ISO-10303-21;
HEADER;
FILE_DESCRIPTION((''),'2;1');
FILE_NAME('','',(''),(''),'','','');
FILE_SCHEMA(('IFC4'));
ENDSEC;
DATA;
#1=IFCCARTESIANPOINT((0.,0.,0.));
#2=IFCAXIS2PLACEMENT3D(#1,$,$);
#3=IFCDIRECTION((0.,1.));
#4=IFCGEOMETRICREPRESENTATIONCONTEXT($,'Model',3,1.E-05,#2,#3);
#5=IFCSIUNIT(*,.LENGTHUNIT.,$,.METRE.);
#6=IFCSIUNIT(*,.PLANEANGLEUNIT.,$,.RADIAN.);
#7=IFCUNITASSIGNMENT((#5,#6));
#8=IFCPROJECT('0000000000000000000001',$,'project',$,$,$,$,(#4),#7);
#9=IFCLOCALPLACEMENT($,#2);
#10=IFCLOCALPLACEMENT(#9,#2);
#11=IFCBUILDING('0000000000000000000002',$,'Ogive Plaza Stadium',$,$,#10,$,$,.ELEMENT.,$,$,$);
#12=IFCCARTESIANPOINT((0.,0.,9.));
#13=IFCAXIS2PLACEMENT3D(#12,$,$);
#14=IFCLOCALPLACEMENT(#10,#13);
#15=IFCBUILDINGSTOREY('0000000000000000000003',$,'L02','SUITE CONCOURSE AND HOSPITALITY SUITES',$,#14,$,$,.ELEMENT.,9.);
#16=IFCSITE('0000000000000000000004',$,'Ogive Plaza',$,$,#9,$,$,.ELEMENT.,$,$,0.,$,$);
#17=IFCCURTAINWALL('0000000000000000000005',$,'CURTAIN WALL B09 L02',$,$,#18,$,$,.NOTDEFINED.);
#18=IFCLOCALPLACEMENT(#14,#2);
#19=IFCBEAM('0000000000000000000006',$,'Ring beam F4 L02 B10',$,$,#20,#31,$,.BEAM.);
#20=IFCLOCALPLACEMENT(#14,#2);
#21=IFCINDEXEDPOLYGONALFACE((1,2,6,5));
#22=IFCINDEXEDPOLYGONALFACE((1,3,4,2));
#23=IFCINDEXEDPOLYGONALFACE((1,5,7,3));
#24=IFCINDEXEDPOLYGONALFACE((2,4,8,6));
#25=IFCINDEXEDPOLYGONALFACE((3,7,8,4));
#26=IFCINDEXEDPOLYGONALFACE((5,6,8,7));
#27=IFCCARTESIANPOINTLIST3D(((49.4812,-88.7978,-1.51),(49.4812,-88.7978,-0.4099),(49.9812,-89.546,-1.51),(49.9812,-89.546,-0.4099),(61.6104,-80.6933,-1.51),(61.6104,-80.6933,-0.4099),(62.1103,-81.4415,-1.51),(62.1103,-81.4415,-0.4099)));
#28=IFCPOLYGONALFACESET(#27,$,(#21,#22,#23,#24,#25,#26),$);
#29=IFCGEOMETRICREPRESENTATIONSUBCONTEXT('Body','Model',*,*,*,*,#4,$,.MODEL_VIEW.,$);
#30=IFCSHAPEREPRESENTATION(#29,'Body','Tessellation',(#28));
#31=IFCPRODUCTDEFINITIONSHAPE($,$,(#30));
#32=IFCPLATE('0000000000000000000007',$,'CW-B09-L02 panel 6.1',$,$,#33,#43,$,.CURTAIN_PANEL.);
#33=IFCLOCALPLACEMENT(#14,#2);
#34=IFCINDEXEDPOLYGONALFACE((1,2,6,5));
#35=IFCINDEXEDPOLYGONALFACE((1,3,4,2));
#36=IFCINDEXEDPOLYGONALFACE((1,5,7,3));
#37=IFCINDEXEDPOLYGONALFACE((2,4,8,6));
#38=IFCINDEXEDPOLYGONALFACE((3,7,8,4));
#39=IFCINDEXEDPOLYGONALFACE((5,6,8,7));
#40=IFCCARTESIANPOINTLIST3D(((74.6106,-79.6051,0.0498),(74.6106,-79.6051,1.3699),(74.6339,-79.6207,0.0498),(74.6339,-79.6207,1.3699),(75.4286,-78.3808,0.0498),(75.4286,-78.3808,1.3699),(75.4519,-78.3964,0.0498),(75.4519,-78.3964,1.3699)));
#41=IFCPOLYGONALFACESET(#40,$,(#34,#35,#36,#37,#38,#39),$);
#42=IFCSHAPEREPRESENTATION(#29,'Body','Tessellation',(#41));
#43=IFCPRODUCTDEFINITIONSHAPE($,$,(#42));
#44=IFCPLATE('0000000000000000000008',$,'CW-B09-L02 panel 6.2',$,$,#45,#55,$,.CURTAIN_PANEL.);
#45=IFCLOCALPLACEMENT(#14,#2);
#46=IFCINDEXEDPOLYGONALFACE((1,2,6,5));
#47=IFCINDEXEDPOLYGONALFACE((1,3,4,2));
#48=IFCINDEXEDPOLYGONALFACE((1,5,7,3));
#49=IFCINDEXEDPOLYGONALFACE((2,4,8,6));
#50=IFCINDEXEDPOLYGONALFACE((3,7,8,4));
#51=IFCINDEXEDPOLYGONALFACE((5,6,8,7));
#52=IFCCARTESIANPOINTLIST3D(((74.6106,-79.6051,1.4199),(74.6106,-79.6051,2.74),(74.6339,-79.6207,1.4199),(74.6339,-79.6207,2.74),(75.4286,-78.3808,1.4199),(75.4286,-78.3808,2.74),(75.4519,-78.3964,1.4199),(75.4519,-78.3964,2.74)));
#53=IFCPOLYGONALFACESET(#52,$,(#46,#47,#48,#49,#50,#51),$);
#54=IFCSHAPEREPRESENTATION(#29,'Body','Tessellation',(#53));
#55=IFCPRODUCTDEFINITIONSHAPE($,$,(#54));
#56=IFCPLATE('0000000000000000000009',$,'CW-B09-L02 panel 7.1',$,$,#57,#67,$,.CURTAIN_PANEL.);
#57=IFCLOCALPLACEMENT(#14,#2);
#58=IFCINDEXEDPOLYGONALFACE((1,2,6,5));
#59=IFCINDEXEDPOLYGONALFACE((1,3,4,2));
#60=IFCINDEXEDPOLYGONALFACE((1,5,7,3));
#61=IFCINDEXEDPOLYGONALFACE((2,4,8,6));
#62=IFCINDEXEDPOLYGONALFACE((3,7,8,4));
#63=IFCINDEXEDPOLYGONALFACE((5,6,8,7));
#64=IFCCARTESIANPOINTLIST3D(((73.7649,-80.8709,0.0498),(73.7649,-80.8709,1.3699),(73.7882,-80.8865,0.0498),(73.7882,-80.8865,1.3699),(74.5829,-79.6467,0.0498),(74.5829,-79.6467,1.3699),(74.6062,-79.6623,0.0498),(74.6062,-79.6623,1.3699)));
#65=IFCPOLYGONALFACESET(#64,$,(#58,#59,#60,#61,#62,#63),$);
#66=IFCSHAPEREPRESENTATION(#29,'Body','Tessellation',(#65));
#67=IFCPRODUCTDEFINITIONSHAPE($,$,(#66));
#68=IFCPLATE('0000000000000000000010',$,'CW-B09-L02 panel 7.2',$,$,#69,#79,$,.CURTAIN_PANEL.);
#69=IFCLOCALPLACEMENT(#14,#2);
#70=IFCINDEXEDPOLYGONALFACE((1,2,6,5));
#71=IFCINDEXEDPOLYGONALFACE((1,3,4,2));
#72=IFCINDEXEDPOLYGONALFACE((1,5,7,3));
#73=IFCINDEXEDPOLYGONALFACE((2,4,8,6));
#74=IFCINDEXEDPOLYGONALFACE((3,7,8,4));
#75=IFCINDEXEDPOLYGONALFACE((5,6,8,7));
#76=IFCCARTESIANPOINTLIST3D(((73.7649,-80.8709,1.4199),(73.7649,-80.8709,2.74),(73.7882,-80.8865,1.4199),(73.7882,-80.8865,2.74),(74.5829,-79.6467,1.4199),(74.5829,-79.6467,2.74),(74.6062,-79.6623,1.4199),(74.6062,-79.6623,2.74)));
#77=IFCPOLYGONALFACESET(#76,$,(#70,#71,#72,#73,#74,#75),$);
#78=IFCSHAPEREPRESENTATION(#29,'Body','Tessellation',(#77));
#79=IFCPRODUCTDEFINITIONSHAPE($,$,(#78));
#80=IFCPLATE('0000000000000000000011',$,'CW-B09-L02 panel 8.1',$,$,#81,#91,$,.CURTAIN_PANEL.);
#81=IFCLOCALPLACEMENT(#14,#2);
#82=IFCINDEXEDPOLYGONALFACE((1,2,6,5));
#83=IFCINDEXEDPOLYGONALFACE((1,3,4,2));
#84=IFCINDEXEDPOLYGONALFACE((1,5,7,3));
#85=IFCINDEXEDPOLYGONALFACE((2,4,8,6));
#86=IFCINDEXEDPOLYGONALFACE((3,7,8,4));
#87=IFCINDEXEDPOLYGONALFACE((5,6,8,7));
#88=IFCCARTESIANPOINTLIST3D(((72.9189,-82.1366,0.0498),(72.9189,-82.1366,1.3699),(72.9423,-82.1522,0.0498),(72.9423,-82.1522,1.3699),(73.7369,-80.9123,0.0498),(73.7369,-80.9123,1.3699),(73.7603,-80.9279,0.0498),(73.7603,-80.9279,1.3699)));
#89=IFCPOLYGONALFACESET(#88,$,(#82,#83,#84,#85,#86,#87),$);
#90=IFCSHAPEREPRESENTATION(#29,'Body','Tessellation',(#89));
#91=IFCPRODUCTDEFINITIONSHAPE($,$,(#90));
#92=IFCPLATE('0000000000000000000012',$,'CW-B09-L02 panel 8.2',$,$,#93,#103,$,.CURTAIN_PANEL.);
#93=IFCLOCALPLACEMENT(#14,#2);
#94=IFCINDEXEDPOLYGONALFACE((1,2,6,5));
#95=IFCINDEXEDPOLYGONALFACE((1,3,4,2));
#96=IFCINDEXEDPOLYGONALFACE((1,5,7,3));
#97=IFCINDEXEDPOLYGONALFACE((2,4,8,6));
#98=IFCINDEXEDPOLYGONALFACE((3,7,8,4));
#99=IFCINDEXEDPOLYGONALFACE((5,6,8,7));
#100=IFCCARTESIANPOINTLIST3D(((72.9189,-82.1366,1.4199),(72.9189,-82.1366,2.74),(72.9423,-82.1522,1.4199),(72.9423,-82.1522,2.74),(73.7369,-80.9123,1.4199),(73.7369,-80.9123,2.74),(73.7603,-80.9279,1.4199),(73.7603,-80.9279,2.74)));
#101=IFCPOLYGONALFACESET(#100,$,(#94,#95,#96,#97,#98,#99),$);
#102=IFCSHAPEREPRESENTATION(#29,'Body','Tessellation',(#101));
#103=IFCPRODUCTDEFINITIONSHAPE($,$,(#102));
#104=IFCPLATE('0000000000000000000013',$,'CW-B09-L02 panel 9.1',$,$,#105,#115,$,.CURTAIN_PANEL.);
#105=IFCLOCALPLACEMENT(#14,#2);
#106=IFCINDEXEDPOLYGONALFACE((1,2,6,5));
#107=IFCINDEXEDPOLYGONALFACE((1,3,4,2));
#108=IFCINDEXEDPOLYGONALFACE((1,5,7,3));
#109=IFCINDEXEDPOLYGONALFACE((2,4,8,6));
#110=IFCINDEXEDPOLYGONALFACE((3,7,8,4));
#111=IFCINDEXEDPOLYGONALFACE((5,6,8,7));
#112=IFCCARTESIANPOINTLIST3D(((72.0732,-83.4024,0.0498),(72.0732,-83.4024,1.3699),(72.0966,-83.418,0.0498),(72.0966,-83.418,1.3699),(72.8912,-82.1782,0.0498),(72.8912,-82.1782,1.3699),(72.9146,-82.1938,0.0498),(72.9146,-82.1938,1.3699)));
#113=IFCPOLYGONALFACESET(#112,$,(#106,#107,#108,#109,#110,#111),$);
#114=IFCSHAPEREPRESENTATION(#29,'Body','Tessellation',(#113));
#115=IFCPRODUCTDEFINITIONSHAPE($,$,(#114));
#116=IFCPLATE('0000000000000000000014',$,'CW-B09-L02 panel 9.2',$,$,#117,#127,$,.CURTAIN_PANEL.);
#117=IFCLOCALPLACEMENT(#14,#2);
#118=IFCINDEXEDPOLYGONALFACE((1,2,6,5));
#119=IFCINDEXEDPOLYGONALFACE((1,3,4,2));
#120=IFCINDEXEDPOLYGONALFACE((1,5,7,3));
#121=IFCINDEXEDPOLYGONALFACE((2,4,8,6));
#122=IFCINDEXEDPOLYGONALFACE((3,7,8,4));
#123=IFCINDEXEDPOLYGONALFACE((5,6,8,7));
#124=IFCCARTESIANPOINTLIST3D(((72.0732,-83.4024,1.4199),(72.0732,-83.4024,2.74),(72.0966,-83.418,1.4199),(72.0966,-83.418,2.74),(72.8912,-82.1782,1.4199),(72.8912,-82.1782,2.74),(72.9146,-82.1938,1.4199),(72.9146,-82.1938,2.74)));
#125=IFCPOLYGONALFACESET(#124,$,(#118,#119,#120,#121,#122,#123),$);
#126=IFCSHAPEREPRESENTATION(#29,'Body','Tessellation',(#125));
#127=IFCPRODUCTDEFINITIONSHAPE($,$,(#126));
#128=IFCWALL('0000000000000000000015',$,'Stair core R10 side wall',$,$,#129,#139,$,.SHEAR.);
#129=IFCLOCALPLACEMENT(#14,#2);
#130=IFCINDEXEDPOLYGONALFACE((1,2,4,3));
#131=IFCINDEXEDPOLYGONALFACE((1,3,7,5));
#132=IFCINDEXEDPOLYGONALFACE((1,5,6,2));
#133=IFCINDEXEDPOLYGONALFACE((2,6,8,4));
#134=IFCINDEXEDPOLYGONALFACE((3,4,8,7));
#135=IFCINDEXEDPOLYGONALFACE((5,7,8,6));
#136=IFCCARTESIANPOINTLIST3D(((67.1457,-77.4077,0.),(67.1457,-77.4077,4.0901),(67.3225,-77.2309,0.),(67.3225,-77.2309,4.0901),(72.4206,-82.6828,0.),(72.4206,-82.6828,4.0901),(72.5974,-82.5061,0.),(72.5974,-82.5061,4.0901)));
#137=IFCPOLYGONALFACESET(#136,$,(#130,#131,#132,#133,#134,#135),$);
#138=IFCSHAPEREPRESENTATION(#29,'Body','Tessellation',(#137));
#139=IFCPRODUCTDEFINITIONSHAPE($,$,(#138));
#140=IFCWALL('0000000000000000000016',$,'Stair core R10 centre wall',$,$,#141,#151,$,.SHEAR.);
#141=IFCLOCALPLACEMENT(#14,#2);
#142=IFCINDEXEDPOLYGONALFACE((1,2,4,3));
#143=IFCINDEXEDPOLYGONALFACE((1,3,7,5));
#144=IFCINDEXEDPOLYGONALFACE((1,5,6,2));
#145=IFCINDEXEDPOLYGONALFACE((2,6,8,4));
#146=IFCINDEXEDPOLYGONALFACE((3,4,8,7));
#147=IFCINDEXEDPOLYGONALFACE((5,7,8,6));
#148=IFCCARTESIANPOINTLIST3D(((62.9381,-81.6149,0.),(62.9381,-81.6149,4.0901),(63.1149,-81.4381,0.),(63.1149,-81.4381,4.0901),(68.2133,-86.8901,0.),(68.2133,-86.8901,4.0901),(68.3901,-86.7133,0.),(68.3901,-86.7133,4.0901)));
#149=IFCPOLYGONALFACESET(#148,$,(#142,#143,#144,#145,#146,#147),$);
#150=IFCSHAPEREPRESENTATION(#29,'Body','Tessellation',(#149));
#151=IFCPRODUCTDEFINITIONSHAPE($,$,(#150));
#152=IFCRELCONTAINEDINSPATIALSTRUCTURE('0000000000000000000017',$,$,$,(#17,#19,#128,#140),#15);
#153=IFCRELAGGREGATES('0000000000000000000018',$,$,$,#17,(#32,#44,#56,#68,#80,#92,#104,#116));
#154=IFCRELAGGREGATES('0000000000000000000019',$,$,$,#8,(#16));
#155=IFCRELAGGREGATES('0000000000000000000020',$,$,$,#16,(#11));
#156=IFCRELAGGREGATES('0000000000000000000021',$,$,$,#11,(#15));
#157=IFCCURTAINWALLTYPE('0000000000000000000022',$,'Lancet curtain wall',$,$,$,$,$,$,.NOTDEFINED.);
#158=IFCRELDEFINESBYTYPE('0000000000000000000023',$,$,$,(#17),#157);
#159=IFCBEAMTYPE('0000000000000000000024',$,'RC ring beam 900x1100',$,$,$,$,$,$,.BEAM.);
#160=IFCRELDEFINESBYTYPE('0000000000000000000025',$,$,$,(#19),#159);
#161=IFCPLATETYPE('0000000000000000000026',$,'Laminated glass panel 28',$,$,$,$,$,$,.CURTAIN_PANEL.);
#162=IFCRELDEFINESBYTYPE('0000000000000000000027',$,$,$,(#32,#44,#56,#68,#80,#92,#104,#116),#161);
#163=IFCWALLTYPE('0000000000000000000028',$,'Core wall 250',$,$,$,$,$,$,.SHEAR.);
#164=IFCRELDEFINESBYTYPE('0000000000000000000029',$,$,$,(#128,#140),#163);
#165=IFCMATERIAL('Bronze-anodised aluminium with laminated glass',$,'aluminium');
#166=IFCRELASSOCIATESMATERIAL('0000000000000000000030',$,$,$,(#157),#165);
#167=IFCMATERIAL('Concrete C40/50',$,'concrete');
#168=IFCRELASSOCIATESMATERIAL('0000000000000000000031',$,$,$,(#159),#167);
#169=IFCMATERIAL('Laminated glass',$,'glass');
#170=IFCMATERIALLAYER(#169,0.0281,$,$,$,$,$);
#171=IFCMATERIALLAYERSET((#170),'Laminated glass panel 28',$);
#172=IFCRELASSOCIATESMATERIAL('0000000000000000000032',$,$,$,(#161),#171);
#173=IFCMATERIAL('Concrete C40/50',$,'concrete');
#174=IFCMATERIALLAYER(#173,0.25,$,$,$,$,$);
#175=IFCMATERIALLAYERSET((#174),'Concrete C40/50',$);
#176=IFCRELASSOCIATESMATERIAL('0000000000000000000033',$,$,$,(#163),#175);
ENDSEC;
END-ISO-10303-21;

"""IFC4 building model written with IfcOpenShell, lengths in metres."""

from ifc_helpers import new_model, si_unit, direction, frame, frame_2d, origin, origin_2d, place, context, subcontext, project, spatial, rectangle, extrude, material, layer, layer_set, material_profile, profile_set, type_object, element, aggregate, save


model = new_model("IFC4")

# Units and contexts
model_context = context("Model", 3, precision=1e-05, world=origin(), true_north=direction((0.0, 1.0)))
body_context = subcontext(model_context, "Body", "Model", "MODEL_VIEW")
ifc_project = project(units=[si_unit("LENGTHUNIT", "METRE"), si_unit("PLANEANGLEUNIT", "RADIAN")], contexts=[model_context])

# Site, building, storey
site_placement = place(None, origin())
site = spatial("IfcSite", under=ifc_project, at=site_placement, Name="Ogive Plaza", CompositionType="ELEMENT", RefElevation=0.0)
building_placement = place(site_placement, origin())
building = spatial("IfcBuilding", under=site, at=building_placement, Name="Ogive Plaza Stadium", CompositionType="ELEMENT")
storey_placement = place(building_placement, frame((0.0, 0.0, 9.0)))
storey = spatial("IfcBuildingStorey", under=building, at=storey_placement, Name="L02", Description="SUITE CONCOURSE AND HOSPITALITY SUITES", CompositionType="ELEMENT", Elevation=9.0)

# Curtain wall
ifc_material_1 = material(Name="Bronze-anodised aluminium with laminated glass", Category="aluminium")
curtain_wall_type = type_object("IfcCurtainWallType", Name="Lancet curtain wall", PredefinedType="NOTDEFINED", material=ifc_material_1)
curtain_wall_placement = place(storey_placement, origin())
curtain_wall = element("IfcCurtainWall", 1, at=curtain_wall_placement, inside=storey, type_object=curtain_wall_type, Name="CURTAIN WALL B09 L02", PredefinedType="NOTDEFINED")

# Beam
ifc_material_2 = material(Name="Concrete C40/50", Category="concrete")
ifc_material_profile_1 = material_profile(ifc_material_2, rectangle(XDim=0.8999, YDim=1.1001, at=origin_2d()), Name="RC 900x1100")
ifc_profile_set_1 = profile_set([ifc_material_profile_1], Name="Concrete C40/50")
beam_type = type_object("IfcBeamType", Name="RC ring beam 900x1100", PredefinedType="BEAM", material=ifc_profile_set_1)
beam_placement = place(storey_placement, frame((61.8604, -81.0674, -0.96), z_axis=(-0.831468, -0.555573, 0.0), x_axis=(0.555573, -0.831468, 0.0)))
element("IfcBeam", 2, at=beam_placement, inside=storey, type_object=beam_type, Name="Ring beam F4 L02 B10", PredefinedType="BEAM", context=body_context, shape_type="SweptSolid", body=[
    extrude(rectangle(XDim=0.8999, YDim=1.1001, at=origin_2d()), origin(), (0.0, 0.0, 1.0), 14.5876),
])

# Plates
ifc_material_3 = material(Name="Laminated glass", Category="glass")
ifc_layer_1 = layer(ifc_material_3, 0.0281)
ifc_layer_set_1 = layer_set([ifc_layer_1], Name="Laminated glass panel 28")
plate_type = type_object("IfcPlateType", Name="Laminated glass panel 28", PredefinedType="CURTAIN_PANEL", material=ifc_layer_set_1)
plate_1_placement = place(storey_placement, frame((75.0312, -79.0007, 0.0498), z_axis=(0.0, 0.0, 1.0), x_axis=(-0.55557, -0.83147, 0.0)))
plate_1 = element("IfcPlate", 3, at=plate_1_placement, type_object=plate_type, Name="CW-B09-L02 panel 6.1", PredefinedType="CURTAIN_PANEL", context=body_context, shape_type="SweptSolid", body=[
    extrude(rectangle(XDim=1.4724, YDim=0.0281, at=origin_2d()), origin(), (0.0, 0.0, 1.0), 1.3201),
])
plate_2_placement = place(storey_placement, frame((75.0312, -79.0007, 1.4199), z_axis=(0.0, 0.0, 1.0), x_axis=(-0.55557, -0.83147, 0.0)))
plate_2 = element("IfcPlate", 4, at=plate_2_placement, type_object=plate_type, Name="CW-B09-L02 panel 6.2", PredefinedType="CURTAIN_PANEL", context=body_context, shape_type="SweptSolid", body=[
    extrude(rectangle(XDim=1.4724, YDim=0.0281, at=origin_2d()), origin(), (0.0, 0.0, 1.0), 1.3201),
])
plate_3_placement = place(storey_placement, frame((74.1855, -80.2666, 0.0498), z_axis=(0.0, 0.0, 1.0), x_axis=(-0.55557, -0.83147, 0.0)))
plate_3 = element("IfcPlate", 5, at=plate_3_placement, type_object=plate_type, Name="CW-B09-L02 panel 7.1", PredefinedType="CURTAIN_PANEL", context=body_context, shape_type="SweptSolid", body=[
    extrude(rectangle(XDim=1.4724, YDim=0.0281, at=origin_2d()), origin(), (0.0, 0.0, 1.0), 1.3201),
])
plate_4_placement = place(storey_placement, frame((74.1855, -80.2666, 1.4199), z_axis=(0.0, 0.0, 1.0), x_axis=(-0.55557, -0.83147, 0.0)))
plate_4 = element("IfcPlate", 6, at=plate_4_placement, type_object=plate_type, Name="CW-B09-L02 panel 7.2", PredefinedType="CURTAIN_PANEL", context=body_context, shape_type="SweptSolid", body=[
    extrude(rectangle(XDim=1.4724, YDim=0.0281, at=origin_2d()), origin(), (0.0, 0.0, 1.0), 1.3201),
])
plate_5_placement = place(storey_placement, frame((73.3396, -81.5322, 0.0498), z_axis=(0.0, 0.0, 1.0), x_axis=(-0.55557, -0.83147, 0.0)))
plate_5 = element("IfcPlate", 7, at=plate_5_placement, type_object=plate_type, Name="CW-B09-L02 panel 8.1", PredefinedType="CURTAIN_PANEL", context=body_context, shape_type="SweptSolid", body=[
    extrude(rectangle(XDim=1.4724, YDim=0.0281, at=origin_2d()), origin(), (0.0, 0.0, 1.0), 1.3201),
])
plate_6_placement = place(storey_placement, frame((73.3396, -81.5322, 1.4199), z_axis=(0.0, 0.0, 1.0), x_axis=(-0.55557, -0.83147, 0.0)))
plate_6 = element("IfcPlate", 8, at=plate_6_placement, type_object=plate_type, Name="CW-B09-L02 panel 8.2", PredefinedType="CURTAIN_PANEL", context=body_context, shape_type="SweptSolid", body=[
    extrude(rectangle(XDim=1.4724, YDim=0.0281, at=origin_2d()), origin(), (0.0, 0.0, 1.0), 1.3201),
])
plate_7_placement = place(storey_placement, frame((72.4939, -82.7981, 0.0498), z_axis=(0.0, 0.0, 1.0), x_axis=(-0.55557, -0.83147, 0.0)))
plate_7 = element("IfcPlate", 9, at=plate_7_placement, type_object=plate_type, Name="CW-B09-L02 panel 9.1", PredefinedType="CURTAIN_PANEL", context=body_context, shape_type="SweptSolid", body=[
    extrude(rectangle(XDim=1.4724, YDim=0.0281, at=origin_2d()), origin(), (0.0, 0.0, 1.0), 1.3201),
])
plate_8_placement = place(storey_placement, frame((72.4939, -82.7981, 1.4199), z_axis=(0.0, 0.0, 1.0), x_axis=(-0.55557, -0.83147, 0.0)))
plate_8 = element("IfcPlate", 10, at=plate_8_placement, type_object=plate_type, Name="CW-B09-L02 panel 9.2", PredefinedType="CURTAIN_PANEL", context=body_context, shape_type="SweptSolid", body=[
    extrude(rectangle(XDim=1.4724, YDim=0.0281, at=origin_2d()), origin(), (0.0, 0.0, 1.0), 1.3201),
])
aggregate(curtain_wall, [plate_1, plate_2, plate_3, plate_4, plate_5, plate_6, plate_7, plate_8])

# Walls
ifc_material_4 = material(Name="Concrete C40/50", Category="concrete")
ifc_layer_2 = layer(ifc_material_4, 0.25)
ifc_layer_set_2 = layer_set([ifc_layer_2], Name="Concrete C40/50")
wall_type = type_object("IfcWallType", Name="Core wall 250", PredefinedType="SHEAR", material=ifc_layer_set_2)
wall_1_placement = place(storey_placement, frame((67.2341, -77.3193, 0.0), z_axis=(0.0, 0.0, 1.0), x_axis=(0.70709, -0.707123, 0.0)))
element("IfcWall", 11, at=wall_1_placement, inside=storey, type_object=wall_type, Name="Stair core R10 side wall", PredefinedType="SHEAR", context=body_context, shape_type="SweptSolid", body=[
    extrude(rectangle(XDim=7.46, YDim=0.25, at=frame_2d((3.73, 0.0))), origin(), (0.0, 0.0, 1.0), 4.0901),
])
wall_2_placement = place(storey_placement, frame((63.0266, -81.5266, 0.0), z_axis=(0.0, 0.0, 1.0), x_axis=(0.707107, -0.707107, 0.0)))
element("IfcWall", 12, at=wall_2_placement, inside=storey, type_object=wall_type, Name="Stair core R10 centre wall", PredefinedType="SHEAR", context=body_context, shape_type="SweptSolid", body=[
    extrude(rectangle(XDim=7.4602, YDim=0.25, at=frame_2d((3.73, 0.0))), origin(), (0.0, 0.0, 1.0), 4.0901),
])

save(model, "model.ifc")
